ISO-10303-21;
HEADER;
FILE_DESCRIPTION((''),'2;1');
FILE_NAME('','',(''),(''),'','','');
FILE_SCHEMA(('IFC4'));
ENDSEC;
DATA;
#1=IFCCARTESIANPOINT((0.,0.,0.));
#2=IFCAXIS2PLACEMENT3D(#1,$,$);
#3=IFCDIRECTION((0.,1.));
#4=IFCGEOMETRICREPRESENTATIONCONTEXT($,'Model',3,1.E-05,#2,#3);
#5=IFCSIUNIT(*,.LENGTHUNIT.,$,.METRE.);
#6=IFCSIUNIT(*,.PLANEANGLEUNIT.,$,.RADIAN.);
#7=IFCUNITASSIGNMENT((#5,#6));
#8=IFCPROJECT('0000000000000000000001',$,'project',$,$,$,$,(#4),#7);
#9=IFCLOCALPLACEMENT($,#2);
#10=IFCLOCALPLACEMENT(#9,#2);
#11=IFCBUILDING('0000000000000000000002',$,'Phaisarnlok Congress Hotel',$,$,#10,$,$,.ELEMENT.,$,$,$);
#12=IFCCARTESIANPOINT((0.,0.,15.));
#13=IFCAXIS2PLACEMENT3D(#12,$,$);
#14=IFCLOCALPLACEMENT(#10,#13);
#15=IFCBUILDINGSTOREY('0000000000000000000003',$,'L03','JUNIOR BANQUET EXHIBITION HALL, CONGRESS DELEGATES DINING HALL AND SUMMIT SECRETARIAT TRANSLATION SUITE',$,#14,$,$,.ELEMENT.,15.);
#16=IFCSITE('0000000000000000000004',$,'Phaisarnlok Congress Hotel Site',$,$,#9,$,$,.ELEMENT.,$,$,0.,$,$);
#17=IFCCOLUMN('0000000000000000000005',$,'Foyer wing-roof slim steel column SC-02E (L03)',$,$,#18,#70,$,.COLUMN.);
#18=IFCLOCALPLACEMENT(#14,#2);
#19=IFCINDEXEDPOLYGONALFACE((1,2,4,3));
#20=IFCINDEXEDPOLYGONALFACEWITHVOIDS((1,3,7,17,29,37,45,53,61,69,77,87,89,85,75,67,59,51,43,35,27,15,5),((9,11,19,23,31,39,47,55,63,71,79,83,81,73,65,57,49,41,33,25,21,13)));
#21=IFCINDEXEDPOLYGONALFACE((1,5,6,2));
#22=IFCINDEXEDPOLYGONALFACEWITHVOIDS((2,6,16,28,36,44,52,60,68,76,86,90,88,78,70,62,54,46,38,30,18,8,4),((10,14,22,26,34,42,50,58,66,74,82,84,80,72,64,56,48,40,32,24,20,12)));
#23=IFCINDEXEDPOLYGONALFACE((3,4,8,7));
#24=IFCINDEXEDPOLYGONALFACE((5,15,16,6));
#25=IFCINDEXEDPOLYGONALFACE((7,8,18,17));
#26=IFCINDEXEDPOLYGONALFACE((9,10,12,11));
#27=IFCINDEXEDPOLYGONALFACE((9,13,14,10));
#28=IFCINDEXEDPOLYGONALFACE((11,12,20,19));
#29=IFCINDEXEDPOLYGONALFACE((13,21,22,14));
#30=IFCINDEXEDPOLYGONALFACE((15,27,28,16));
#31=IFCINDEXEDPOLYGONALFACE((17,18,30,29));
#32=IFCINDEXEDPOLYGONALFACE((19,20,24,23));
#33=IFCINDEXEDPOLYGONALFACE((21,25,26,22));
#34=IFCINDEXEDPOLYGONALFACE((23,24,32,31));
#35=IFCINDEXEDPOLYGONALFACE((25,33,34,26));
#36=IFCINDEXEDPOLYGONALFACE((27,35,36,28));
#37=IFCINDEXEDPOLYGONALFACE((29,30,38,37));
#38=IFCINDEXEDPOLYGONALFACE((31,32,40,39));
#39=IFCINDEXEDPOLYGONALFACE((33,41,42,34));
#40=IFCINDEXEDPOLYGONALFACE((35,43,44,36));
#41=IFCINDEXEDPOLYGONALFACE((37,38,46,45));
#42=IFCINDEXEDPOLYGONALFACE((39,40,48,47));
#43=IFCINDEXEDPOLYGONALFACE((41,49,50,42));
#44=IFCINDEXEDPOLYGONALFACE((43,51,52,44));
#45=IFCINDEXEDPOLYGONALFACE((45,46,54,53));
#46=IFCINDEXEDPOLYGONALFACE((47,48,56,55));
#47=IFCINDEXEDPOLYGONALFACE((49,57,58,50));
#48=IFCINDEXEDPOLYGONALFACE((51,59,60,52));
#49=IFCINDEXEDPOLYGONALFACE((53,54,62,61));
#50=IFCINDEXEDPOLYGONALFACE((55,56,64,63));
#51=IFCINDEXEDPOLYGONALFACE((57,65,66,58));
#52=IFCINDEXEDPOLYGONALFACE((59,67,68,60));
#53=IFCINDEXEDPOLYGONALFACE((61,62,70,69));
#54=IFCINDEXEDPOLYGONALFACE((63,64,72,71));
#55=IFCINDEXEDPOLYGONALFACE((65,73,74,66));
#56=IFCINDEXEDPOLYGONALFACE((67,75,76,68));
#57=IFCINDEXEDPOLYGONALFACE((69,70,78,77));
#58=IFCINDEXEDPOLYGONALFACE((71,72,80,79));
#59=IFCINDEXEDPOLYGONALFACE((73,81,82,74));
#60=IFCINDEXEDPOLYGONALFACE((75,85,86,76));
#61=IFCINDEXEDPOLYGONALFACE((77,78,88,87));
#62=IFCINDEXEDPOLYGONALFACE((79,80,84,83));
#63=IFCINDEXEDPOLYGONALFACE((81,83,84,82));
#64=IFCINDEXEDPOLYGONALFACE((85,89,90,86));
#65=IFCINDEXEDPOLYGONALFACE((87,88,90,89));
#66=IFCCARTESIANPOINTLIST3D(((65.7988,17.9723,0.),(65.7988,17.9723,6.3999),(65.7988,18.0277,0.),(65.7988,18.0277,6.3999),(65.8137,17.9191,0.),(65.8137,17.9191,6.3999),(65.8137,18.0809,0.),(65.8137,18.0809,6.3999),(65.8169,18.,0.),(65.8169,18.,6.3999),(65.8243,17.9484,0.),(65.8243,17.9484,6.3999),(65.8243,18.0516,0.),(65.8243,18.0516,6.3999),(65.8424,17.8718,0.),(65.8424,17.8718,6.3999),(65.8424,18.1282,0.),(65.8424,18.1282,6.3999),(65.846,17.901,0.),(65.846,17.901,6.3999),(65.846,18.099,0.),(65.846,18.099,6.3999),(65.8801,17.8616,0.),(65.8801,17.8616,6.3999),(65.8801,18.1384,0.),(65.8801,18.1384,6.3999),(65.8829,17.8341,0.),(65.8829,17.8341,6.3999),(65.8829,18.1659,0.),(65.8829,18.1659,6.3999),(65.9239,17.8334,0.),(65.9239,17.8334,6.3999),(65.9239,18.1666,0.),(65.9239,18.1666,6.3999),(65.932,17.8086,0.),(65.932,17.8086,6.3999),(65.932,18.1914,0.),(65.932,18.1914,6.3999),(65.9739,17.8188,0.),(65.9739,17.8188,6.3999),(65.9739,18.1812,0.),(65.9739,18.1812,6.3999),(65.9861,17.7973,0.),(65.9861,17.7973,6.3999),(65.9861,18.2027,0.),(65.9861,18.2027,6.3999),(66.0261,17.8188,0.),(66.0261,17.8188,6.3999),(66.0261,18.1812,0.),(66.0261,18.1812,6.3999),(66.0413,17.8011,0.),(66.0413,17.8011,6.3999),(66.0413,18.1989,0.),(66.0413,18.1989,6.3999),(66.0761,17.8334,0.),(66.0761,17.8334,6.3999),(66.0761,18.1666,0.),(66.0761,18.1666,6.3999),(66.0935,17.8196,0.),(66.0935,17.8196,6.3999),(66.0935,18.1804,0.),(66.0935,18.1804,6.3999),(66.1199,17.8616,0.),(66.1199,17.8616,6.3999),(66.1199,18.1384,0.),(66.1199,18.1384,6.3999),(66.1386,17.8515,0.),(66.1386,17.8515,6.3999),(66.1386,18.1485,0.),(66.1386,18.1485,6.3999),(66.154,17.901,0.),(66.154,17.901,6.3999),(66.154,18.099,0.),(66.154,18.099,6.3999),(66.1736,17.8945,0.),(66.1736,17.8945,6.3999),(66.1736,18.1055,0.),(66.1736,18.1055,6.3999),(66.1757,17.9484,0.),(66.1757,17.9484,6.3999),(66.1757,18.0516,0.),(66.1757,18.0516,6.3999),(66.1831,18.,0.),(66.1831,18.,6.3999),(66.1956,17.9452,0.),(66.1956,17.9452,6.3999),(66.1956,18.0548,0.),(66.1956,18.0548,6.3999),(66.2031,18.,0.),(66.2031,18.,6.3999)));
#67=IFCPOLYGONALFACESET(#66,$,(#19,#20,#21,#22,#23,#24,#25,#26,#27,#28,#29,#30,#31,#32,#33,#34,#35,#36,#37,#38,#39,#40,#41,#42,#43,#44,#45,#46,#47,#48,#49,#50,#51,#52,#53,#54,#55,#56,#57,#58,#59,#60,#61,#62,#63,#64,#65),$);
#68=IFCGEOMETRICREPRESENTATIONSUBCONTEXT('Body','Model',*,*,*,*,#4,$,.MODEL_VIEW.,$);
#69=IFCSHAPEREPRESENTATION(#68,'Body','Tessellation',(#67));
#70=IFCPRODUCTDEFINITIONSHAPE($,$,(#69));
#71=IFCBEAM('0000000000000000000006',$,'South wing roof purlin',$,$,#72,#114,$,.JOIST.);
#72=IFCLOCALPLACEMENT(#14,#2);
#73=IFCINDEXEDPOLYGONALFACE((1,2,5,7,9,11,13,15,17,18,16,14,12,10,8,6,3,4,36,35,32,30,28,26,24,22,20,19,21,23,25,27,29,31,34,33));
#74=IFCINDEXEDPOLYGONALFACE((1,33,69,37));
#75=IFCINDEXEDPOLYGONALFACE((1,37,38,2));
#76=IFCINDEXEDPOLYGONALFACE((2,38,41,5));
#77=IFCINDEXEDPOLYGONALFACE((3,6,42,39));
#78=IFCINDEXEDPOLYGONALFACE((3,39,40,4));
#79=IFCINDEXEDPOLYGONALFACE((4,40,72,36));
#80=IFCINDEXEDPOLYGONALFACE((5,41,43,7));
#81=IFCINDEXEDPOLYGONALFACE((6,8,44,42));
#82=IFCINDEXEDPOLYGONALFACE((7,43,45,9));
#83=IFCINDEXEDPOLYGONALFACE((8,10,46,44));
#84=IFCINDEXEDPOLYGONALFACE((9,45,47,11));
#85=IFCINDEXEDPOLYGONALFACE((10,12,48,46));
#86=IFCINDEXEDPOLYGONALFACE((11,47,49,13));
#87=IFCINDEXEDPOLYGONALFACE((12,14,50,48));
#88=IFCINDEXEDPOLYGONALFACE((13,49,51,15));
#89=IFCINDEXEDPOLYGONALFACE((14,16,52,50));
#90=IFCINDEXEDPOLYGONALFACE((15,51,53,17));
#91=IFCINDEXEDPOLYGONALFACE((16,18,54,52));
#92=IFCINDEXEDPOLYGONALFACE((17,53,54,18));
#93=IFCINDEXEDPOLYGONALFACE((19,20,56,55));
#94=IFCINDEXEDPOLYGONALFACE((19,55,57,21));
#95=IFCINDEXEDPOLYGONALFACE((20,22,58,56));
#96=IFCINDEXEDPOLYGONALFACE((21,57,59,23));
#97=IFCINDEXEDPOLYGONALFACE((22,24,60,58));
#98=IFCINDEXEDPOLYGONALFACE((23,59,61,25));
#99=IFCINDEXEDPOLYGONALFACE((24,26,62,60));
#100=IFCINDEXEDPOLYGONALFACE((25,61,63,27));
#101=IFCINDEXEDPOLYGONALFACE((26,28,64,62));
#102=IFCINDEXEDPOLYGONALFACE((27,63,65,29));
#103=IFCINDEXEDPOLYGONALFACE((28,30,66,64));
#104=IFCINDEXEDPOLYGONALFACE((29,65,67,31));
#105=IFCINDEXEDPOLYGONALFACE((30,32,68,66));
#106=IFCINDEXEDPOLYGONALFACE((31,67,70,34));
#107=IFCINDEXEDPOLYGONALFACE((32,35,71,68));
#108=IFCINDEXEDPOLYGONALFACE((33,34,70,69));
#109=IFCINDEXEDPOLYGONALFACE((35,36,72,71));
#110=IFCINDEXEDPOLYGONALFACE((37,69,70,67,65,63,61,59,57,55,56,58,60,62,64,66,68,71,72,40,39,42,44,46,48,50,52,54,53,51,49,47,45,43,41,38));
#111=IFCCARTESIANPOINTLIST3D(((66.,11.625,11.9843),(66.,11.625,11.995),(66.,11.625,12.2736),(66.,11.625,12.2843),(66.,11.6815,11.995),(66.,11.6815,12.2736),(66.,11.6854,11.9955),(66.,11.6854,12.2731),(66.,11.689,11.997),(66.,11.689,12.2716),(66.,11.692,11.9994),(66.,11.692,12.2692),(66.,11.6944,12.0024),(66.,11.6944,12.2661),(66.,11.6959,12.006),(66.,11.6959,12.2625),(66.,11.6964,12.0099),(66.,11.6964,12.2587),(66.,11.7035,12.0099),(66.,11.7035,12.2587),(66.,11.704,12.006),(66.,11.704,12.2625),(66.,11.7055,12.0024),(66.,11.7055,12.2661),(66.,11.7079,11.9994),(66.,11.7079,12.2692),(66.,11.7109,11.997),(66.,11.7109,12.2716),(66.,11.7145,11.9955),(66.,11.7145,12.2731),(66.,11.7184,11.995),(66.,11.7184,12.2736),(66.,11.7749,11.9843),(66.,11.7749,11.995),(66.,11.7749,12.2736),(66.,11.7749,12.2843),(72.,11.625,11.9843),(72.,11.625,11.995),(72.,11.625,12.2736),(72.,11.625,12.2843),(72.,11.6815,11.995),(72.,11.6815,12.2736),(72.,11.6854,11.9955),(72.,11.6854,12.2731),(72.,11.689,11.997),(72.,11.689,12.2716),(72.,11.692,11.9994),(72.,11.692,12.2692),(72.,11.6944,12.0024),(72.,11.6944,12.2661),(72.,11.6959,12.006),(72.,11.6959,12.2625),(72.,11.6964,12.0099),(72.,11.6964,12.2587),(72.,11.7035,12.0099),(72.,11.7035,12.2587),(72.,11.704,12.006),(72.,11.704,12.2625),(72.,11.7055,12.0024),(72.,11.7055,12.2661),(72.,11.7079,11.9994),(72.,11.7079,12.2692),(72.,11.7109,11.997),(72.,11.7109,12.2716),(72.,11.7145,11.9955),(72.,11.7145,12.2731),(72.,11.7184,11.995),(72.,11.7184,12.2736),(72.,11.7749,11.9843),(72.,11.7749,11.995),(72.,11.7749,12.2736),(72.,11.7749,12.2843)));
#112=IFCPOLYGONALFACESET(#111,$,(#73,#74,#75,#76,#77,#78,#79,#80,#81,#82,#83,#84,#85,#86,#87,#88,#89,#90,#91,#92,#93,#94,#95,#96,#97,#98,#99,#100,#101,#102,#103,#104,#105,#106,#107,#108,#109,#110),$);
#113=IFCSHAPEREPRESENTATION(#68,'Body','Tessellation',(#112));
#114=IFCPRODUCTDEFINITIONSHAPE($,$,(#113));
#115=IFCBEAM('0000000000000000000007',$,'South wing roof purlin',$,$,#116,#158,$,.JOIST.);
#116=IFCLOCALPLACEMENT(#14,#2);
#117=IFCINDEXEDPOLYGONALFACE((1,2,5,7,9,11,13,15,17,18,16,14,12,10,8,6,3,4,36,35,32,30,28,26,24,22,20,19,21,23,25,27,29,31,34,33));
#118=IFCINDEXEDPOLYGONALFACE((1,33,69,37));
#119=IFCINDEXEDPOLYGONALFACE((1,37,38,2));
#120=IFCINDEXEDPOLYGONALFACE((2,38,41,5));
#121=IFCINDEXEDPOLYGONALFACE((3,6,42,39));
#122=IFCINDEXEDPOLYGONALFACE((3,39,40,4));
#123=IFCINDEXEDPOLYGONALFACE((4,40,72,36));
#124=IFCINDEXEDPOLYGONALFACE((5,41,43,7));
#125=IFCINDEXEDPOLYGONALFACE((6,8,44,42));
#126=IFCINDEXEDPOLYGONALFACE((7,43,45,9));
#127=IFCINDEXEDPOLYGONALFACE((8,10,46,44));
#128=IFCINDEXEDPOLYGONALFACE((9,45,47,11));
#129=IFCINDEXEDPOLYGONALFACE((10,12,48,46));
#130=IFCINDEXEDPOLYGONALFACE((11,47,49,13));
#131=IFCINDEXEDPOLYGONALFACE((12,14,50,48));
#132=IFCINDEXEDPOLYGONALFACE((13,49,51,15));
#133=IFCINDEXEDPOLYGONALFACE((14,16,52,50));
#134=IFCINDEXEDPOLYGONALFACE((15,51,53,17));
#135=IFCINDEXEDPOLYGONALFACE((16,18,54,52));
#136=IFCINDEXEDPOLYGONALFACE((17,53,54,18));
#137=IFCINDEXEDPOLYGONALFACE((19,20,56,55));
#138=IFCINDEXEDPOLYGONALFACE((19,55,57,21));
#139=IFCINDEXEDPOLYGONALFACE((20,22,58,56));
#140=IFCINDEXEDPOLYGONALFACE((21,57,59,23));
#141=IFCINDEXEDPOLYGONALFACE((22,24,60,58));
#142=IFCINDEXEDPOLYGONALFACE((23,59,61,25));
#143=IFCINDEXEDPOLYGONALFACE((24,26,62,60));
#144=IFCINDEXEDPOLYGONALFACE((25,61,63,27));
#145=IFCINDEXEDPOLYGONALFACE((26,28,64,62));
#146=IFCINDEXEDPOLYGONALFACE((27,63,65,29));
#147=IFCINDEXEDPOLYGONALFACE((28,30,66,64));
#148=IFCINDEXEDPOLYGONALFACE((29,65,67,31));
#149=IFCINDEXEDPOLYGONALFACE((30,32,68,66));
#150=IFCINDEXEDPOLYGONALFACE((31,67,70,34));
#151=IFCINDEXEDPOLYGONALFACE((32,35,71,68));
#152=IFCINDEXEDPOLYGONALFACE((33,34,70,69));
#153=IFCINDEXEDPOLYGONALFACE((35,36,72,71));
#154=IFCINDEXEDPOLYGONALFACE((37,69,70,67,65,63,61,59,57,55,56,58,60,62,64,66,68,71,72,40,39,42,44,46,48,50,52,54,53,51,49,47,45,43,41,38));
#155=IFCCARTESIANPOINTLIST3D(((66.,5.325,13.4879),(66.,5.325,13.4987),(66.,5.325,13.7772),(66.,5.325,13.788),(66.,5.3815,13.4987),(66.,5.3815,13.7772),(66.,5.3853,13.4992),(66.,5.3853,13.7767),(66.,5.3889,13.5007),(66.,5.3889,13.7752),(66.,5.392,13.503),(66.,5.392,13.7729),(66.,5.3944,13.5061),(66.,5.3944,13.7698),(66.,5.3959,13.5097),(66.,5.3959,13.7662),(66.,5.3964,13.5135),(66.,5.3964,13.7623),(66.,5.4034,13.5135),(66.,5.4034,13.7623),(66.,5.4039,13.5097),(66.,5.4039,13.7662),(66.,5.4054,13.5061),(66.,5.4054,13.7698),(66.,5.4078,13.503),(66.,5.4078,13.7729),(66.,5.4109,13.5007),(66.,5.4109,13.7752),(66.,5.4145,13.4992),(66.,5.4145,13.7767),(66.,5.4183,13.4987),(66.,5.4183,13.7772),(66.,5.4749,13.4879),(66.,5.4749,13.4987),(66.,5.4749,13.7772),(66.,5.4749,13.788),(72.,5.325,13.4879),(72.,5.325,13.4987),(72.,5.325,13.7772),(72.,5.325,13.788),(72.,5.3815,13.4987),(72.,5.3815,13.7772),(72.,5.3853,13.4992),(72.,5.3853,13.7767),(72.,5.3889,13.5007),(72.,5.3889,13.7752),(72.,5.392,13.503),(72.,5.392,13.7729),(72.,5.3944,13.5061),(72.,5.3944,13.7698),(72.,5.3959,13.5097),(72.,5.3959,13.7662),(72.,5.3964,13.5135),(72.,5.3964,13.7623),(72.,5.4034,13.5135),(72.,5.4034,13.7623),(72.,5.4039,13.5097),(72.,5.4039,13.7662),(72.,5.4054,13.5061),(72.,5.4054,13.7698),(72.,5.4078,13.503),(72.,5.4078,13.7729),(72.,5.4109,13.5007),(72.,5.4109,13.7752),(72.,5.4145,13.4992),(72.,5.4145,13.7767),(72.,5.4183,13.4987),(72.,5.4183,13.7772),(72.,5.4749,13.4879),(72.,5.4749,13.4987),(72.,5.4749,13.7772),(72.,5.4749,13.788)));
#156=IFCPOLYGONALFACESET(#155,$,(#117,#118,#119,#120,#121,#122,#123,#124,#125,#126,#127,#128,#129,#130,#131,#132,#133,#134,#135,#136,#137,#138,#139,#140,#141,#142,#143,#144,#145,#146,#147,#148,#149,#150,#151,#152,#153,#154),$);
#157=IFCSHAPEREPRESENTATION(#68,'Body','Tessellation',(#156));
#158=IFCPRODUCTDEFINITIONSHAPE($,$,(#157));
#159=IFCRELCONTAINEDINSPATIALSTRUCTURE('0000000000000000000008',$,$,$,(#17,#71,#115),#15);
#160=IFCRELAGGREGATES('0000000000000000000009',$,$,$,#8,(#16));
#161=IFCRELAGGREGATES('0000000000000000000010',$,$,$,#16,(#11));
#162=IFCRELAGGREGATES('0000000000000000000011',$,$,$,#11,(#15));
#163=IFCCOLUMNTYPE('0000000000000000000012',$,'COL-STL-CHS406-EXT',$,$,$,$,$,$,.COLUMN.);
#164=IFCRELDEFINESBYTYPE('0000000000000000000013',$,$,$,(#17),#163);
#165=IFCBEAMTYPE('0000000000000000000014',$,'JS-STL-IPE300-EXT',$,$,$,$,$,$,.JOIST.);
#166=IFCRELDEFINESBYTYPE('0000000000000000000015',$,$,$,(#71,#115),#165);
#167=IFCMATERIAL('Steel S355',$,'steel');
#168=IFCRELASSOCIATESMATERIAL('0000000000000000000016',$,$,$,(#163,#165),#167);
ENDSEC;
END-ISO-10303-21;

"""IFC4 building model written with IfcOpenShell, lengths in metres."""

from ifc_helpers import new_model, si_unit, direction, frame, origin, origin_2d, place, context, subcontext, project, spatial, hollow_circle, i_section, extrude, material, material_profile, profile_set, type_object, element, save


model = new_model("IFC4")

# Units and contexts
model_context = context("Model", 3, precision=1e-05, world=origin(), true_north=direction((0.0, 1.0)))
body_context = subcontext(model_context, "Body", "Model", "MODEL_VIEW")
ifc_project = project(units=[si_unit("LENGTHUNIT", "METRE"), si_unit("PLANEANGLEUNIT", "RADIAN")], contexts=[model_context])

# Site, building, storey
site_placement = place(None, origin())
site = spatial("IfcSite", under=ifc_project, at=site_placement, Name="Phaisarnlok Congress Hotel Site", CompositionType="ELEMENT", RefElevation=0.0)
building_placement = place(site_placement, origin())
building = spatial("IfcBuilding", under=site, at=building_placement, Name="Phaisarnlok Congress Hotel", CompositionType="ELEMENT")
storey_placement = place(building_placement, frame((0.0, 0.0, 15.0)))
storey = spatial("IfcBuildingStorey", under=building, at=storey_placement, Name="L03", Description="JUNIOR BANQUET EXHIBITION HALL, CONGRESS DELEGATES DINING HALL AND SUMMIT SECRETARIAT TRANSLATION SUITE", CompositionType="ELEMENT", Elevation=15.0)

# Column
ifc_material_1 = material(Name="Steel S355", Category="steel")
ifc_material_profile_1 = material_profile(ifc_material_1, hollow_circle(Radius=0.2031, WallThickness=0.02, at=origin_2d()), Name="CHS 406.4x20")
ifc_profile_set_1 = profile_set([ifc_material_profile_1], Name="Steel S355")
column_type = type_object("IfcColumnType", Name="COL-STL-CHS406-EXT", PredefinedType="COLUMN", material=ifc_profile_set_1)
column_placement = place(storey_placement, frame((66.0, 18.0, 0.0), z_axis=(0.0, 0.0, 1.0), x_axis=(1.0, 0.0, 0.0)))
element("IfcColumn", 1, at=column_placement, inside=storey, type_object=column_type, Name="Foyer wing-roof slim steel column SC-02E (L03)", PredefinedType="COLUMN", context=body_context, shape_type="SweptSolid", body=[
    extrude(hollow_circle(Radius=0.2031, WallThickness=0.02, at=origin_2d()), origin(), (0.0, 0.0, 1.0), 6.3999),
])

# Beams
ifc_material_profile_2 = material_profile(ifc_material_1, i_section(OverallWidth=0.1499, OverallDepth=0.3, WebThickness=0.0071, FlangeThickness=0.0107, FilletRadius=0.0149, at=origin_2d()), Name="IPE 300")
ifc_profile_set_2 = profile_set([ifc_material_profile_2], Name="Steel S355")
beam_type = type_object("IfcBeamType", Name="JS-STL-IPE300-EXT", PredefinedType="JOIST", material=ifc_profile_set_2)
for number, where, z_axis, x_axis, name in (
    (2, (66.0, 11.7, 12.1343), (1.0, 0.0, 0.0), (0.0, 1.0, 0.0), "South wing roof purlin"),
    (3, (66.0, 5.3999, 13.6379), (1.0, 0.0, 0.0), (0.0, 1.0, 0.0), "South wing roof purlin"),
):
    element("IfcBeam", number, at=place(storey_placement, frame(where, z_axis=z_axis, x_axis=x_axis)), inside=storey, type_object=beam_type, Name=name, PredefinedType="JOIST", context=body_context, shape_type="SweptSolid", body=[
        extrude(i_section(OverallWidth=0.1499, OverallDepth=0.3, WebThickness=0.0071, FlangeThickness=0.0107, FilletRadius=0.0149, at=origin_2d()), origin(), (0.0, 0.0, 1.0), 6.0),
    ])

save(model, "model.ifc")
